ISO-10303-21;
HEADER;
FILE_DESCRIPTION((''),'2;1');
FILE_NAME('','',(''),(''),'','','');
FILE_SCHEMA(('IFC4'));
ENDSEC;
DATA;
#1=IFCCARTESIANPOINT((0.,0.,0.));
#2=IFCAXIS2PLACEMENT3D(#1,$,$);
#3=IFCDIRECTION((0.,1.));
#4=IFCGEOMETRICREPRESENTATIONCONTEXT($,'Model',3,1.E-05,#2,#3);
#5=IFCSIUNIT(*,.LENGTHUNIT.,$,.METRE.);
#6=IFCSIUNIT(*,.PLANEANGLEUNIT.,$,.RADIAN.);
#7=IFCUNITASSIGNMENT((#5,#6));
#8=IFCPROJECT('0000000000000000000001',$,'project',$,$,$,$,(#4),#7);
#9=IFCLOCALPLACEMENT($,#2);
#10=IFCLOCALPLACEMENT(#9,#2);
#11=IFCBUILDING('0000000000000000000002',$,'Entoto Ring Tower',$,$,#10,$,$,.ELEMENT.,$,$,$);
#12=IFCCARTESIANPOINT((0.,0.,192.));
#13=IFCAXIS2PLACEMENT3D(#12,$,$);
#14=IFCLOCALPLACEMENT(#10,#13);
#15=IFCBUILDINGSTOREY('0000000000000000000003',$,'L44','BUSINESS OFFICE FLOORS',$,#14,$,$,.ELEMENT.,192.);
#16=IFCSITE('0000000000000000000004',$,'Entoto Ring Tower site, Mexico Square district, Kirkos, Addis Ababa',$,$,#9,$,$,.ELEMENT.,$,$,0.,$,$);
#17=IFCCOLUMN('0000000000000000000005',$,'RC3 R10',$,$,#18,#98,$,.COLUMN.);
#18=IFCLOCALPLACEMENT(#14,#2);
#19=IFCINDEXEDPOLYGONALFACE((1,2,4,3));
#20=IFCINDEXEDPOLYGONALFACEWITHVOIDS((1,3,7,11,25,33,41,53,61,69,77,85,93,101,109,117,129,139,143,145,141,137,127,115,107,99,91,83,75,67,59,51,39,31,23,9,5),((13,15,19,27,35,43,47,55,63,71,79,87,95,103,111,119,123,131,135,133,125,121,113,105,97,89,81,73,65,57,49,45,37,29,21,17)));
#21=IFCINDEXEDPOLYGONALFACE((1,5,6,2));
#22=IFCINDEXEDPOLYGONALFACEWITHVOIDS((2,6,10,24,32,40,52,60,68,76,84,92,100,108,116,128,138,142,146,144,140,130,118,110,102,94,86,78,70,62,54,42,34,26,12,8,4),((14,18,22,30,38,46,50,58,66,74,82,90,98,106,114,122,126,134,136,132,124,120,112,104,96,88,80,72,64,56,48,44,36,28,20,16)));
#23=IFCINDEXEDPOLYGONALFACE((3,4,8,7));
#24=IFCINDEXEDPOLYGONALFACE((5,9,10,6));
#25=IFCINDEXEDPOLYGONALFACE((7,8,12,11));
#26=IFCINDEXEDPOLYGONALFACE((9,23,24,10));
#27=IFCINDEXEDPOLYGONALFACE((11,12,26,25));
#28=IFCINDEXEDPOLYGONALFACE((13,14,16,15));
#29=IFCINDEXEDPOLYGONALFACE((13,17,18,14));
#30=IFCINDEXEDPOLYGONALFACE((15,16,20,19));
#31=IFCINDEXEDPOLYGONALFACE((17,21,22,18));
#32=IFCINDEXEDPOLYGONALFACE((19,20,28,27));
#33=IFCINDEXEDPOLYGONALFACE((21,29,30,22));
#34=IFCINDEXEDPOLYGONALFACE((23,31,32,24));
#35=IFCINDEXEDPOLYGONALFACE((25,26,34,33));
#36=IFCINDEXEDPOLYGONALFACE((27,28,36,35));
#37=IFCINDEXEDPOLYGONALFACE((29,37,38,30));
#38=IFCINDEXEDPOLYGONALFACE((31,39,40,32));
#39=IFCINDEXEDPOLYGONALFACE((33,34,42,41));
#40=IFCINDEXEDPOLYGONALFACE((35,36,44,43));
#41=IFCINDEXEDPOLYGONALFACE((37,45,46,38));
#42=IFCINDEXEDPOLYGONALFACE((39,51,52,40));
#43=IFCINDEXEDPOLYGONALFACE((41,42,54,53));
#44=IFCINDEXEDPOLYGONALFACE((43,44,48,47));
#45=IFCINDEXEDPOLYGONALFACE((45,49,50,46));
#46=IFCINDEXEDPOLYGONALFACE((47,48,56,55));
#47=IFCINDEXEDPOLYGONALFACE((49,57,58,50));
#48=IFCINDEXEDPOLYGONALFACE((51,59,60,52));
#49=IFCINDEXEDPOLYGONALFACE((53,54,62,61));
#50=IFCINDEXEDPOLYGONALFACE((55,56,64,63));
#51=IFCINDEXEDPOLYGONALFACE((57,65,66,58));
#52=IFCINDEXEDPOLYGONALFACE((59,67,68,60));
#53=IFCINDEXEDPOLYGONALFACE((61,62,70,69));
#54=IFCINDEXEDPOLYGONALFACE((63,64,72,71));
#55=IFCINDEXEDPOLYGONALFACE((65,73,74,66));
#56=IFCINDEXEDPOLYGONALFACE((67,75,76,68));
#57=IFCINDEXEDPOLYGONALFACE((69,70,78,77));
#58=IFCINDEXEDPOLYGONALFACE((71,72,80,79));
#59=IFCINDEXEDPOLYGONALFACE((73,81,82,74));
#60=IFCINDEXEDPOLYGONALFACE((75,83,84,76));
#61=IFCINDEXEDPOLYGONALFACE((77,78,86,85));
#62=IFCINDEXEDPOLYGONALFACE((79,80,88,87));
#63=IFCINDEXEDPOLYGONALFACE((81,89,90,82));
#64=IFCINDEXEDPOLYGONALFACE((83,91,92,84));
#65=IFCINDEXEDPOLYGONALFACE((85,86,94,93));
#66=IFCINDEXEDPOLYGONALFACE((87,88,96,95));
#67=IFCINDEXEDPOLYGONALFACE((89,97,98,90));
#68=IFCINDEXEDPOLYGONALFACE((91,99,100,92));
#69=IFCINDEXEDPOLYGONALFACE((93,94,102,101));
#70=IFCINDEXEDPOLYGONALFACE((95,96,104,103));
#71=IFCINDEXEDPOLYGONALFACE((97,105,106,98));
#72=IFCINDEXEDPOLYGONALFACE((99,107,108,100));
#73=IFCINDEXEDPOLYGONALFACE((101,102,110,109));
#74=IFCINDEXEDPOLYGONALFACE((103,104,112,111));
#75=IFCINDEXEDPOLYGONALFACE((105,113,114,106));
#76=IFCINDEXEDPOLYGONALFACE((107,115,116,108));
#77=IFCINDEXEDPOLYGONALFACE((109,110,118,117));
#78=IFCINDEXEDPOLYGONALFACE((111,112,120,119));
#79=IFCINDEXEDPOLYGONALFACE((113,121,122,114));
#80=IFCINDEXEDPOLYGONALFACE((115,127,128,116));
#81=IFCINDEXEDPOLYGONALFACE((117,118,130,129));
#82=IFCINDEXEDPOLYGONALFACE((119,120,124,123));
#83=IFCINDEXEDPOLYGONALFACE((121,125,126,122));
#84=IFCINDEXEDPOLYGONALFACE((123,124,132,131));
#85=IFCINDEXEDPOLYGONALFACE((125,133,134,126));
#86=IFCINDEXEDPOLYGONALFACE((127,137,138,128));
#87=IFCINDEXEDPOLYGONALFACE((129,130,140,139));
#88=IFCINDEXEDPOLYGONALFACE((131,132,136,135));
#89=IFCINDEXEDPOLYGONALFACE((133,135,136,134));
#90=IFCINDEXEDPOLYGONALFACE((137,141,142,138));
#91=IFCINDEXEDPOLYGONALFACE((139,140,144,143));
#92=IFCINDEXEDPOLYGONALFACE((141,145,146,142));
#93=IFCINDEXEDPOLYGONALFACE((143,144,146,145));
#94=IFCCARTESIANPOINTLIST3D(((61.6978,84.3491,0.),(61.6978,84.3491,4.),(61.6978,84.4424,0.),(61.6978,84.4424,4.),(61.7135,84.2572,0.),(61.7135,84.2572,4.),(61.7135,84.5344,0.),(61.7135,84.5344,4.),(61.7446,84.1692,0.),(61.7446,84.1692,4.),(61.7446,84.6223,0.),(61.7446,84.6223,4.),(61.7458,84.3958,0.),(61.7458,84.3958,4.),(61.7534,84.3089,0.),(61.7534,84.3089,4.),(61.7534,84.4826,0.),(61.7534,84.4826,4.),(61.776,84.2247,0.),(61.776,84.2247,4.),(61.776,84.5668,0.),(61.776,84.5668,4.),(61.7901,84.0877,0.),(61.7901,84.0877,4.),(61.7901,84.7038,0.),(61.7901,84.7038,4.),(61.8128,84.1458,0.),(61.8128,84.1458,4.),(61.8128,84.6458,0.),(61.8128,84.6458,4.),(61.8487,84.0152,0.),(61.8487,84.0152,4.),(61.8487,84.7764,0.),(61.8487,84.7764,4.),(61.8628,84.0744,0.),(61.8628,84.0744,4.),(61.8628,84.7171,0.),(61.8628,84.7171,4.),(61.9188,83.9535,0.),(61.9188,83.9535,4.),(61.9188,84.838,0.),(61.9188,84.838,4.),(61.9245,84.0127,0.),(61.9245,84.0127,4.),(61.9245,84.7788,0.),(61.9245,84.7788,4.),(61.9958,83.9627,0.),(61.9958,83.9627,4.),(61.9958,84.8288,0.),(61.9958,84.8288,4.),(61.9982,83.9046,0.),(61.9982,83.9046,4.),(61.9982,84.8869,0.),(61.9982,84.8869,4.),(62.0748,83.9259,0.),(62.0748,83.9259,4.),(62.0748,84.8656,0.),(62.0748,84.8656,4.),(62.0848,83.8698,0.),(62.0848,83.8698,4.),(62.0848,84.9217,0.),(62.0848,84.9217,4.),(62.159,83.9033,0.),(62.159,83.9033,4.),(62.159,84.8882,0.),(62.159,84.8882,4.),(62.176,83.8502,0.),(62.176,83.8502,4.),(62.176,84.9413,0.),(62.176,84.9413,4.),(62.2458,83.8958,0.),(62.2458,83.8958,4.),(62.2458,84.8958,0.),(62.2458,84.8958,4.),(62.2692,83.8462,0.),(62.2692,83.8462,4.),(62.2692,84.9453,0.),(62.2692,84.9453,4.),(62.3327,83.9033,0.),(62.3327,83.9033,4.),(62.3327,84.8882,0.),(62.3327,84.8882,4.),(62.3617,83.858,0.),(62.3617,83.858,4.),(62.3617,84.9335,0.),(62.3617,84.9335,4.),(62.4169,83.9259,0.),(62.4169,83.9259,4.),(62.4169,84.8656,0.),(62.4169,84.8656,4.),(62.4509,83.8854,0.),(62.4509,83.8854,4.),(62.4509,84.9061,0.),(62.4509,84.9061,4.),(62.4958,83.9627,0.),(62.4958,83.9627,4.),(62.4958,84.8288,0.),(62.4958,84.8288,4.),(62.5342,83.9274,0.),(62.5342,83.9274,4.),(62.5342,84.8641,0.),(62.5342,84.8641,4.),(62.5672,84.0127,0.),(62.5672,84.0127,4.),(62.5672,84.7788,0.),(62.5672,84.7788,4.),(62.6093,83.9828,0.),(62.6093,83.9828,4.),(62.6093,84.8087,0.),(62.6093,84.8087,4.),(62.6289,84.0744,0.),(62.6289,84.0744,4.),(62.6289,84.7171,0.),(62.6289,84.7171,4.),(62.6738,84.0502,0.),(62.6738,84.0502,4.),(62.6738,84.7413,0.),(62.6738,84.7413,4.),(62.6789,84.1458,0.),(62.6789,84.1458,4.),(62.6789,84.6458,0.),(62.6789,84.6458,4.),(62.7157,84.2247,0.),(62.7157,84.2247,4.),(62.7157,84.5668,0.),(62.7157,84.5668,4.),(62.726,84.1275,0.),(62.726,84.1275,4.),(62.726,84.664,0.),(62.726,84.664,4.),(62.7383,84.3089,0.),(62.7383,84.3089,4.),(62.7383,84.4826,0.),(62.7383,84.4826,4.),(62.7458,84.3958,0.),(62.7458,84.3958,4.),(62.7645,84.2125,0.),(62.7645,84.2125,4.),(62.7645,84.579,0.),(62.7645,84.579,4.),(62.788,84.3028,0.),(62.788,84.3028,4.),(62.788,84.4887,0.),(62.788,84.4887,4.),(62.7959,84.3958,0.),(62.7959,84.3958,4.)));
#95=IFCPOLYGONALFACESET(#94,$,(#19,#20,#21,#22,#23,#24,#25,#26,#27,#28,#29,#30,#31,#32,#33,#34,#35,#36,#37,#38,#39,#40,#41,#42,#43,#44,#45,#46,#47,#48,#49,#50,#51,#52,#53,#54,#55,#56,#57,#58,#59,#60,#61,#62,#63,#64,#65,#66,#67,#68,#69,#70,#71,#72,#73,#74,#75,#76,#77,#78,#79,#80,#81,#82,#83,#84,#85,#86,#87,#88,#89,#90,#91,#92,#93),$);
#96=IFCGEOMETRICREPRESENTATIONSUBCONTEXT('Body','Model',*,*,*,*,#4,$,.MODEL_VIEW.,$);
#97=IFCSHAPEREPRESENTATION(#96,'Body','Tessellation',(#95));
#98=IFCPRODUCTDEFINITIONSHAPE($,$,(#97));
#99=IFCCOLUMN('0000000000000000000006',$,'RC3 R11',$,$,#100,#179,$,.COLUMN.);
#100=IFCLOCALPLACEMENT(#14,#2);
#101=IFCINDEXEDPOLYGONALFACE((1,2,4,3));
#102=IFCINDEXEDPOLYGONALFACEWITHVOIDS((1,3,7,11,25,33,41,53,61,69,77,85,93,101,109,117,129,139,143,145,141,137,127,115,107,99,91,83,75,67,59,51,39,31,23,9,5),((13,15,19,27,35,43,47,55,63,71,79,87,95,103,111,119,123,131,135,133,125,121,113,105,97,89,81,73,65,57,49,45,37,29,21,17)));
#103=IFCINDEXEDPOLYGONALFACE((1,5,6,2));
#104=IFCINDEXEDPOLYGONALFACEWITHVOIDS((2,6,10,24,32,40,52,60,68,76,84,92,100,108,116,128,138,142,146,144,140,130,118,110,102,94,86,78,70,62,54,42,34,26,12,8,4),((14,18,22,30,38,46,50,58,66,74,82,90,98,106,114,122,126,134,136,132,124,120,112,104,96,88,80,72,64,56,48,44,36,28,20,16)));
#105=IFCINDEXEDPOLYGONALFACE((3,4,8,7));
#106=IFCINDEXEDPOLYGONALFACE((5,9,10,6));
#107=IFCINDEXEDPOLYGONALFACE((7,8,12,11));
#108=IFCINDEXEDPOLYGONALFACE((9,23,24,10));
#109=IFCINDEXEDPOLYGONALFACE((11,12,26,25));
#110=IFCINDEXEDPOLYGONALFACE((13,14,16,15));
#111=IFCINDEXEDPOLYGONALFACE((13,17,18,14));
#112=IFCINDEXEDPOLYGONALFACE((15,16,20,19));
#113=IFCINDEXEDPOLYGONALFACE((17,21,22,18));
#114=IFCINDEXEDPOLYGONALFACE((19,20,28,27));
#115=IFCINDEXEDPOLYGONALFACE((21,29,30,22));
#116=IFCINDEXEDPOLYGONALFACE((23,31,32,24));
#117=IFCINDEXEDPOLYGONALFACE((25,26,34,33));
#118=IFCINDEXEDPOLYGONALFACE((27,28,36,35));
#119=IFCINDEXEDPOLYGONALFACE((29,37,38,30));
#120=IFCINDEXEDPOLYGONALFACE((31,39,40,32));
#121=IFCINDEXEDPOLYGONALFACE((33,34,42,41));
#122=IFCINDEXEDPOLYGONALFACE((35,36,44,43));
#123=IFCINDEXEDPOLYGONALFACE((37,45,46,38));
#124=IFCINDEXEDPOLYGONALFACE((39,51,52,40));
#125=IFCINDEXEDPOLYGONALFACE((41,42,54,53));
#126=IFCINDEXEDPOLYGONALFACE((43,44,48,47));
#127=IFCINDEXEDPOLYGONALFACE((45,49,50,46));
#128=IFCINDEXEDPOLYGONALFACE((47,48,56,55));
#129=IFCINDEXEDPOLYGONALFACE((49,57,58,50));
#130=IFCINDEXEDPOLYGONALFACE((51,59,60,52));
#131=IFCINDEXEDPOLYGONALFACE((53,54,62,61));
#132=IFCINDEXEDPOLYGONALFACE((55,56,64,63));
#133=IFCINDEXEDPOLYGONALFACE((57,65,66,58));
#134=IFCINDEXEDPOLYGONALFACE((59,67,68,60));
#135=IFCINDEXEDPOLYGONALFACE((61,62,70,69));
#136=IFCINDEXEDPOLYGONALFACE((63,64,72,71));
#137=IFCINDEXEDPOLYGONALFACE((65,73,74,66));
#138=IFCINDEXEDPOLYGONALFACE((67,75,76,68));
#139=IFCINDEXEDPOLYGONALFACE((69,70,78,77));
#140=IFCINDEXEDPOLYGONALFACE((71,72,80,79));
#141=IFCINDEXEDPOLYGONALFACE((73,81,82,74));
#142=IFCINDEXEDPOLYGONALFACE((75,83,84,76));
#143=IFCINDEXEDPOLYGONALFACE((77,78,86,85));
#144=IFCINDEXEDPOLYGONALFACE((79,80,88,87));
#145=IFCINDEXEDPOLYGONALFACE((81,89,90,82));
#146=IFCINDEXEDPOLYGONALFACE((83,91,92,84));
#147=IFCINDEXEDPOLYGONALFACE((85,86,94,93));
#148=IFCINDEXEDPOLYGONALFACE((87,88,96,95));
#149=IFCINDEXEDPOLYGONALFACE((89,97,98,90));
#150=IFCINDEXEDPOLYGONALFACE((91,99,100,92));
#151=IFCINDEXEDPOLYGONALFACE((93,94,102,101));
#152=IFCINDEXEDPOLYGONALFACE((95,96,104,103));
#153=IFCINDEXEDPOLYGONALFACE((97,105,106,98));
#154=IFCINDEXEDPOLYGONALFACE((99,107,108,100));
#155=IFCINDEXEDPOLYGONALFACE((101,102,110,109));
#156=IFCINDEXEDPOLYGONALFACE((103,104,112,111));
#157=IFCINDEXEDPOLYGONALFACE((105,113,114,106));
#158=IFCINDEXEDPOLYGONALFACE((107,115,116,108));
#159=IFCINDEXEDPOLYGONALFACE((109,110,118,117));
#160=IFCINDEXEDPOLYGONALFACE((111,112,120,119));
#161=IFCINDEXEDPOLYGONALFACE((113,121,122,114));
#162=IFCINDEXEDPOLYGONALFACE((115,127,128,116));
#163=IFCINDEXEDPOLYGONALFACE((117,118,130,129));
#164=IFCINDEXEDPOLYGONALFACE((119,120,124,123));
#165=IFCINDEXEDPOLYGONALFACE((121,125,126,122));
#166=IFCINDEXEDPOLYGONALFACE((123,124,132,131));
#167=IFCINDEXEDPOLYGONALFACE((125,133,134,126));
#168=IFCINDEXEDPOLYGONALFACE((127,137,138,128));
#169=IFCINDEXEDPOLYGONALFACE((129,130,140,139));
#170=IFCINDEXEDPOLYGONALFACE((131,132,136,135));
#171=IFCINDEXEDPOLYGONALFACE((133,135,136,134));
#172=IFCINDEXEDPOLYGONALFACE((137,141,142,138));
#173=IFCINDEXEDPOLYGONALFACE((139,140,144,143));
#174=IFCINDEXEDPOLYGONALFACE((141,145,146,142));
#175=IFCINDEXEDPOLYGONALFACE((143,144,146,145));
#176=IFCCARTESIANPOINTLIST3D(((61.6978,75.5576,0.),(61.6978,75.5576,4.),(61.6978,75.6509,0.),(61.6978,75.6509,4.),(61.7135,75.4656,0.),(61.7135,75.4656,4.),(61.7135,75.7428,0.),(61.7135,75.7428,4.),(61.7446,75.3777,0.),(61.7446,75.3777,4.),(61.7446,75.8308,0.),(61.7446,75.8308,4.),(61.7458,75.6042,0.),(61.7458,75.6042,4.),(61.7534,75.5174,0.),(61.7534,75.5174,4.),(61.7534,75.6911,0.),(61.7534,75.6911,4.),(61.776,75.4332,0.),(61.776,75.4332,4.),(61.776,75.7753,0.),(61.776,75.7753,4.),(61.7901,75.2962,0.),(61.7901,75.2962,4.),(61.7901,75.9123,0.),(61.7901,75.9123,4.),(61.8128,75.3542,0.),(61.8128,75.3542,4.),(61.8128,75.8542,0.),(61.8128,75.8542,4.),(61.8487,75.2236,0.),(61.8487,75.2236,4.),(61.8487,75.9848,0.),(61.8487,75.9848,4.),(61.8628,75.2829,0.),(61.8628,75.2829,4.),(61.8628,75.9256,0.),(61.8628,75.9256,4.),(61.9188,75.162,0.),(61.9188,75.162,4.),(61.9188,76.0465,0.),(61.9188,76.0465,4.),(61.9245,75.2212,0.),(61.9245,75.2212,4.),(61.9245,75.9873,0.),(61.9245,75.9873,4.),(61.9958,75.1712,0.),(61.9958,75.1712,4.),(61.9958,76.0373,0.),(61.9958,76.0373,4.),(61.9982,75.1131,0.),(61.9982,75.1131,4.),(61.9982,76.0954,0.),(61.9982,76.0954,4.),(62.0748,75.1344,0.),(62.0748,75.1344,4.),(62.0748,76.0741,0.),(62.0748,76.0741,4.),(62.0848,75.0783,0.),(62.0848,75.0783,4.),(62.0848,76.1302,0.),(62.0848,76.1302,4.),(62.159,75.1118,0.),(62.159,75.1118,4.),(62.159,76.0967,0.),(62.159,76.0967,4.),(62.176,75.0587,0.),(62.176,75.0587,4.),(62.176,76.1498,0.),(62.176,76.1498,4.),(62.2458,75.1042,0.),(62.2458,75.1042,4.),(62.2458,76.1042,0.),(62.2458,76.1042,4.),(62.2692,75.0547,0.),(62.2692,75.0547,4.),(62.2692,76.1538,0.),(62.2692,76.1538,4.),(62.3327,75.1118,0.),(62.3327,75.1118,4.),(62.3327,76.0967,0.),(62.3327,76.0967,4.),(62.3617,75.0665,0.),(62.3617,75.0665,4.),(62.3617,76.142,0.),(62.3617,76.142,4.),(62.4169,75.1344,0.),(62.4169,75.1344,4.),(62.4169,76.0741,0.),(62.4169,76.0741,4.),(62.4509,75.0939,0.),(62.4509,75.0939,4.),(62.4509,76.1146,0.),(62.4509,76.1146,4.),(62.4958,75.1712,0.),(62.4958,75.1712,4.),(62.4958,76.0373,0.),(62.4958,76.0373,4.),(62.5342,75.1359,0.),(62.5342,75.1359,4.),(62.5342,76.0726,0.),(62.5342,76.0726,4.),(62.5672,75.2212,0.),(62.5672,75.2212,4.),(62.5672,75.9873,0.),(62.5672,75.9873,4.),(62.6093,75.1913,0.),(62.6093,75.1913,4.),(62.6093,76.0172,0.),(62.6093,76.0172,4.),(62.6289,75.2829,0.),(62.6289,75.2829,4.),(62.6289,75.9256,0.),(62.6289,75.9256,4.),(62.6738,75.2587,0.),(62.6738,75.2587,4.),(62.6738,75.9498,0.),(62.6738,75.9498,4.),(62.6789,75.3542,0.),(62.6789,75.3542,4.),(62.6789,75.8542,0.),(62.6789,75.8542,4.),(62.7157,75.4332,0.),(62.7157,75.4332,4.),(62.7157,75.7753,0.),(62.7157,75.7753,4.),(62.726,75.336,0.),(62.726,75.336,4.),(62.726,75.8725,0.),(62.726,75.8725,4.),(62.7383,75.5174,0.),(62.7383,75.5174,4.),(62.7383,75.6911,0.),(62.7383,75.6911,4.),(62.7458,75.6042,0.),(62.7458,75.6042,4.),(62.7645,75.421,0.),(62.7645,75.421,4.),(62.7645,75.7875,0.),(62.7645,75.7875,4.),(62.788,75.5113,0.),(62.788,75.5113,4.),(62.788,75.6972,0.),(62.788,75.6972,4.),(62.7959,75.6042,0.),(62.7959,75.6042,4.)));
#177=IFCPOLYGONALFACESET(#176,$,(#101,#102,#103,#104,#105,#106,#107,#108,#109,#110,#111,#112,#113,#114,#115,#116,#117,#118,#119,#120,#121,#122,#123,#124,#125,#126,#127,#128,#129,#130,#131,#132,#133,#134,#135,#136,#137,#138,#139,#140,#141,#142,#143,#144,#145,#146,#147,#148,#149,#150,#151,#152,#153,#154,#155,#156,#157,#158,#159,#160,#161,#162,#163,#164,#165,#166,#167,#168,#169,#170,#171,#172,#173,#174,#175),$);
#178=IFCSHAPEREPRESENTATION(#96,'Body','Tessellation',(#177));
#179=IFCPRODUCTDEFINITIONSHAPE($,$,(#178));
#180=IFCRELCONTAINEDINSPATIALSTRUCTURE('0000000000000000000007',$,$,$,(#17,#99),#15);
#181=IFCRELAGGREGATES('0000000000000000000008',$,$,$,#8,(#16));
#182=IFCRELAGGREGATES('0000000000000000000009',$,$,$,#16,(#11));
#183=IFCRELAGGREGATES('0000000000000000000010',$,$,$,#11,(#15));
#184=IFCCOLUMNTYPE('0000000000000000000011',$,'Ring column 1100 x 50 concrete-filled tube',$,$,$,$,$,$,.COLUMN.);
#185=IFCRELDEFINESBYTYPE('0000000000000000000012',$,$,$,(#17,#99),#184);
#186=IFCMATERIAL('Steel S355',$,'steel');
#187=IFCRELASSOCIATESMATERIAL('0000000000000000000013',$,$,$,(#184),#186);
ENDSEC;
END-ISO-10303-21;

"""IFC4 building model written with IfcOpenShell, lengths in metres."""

from ifc_helpers import new_model, si_unit, direction, frame, origin, origin_2d, place, context, subcontext, project, spatial, circle, hollow_circle, extrude, material, material_profile, profile_set, type_object, element, save


model = new_model("IFC4")

# Units and contexts
model_context = context("Model", 3, precision=1e-05, world=origin(), true_north=direction((0.0, 1.0)))
body_context = subcontext(model_context, "Body", "Model", "MODEL_VIEW")
ifc_project = project(units=[si_unit("LENGTHUNIT", "METRE"), si_unit("PLANEANGLEUNIT", "RADIAN")], contexts=[model_context])

# Site, building, storey
site_placement = place(None, origin())
site = spatial("IfcSite", under=ifc_project, at=site_placement, Name="Entoto Ring Tower site, Mexico Square district, Kirkos, Addis Ababa", CompositionType="ELEMENT", RefElevation=0.0)
building_placement = place(site_placement, origin())
building = spatial("IfcBuilding", under=site, at=building_placement, Name="Entoto Ring Tower", CompositionType="ELEMENT")
storey_placement = place(building_placement, frame((0.0, 0.0, 192.0)))
storey = spatial("IfcBuildingStorey", under=building, at=storey_placement, Name="L44", Description="BUSINESS OFFICE FLOORS", CompositionType="ELEMENT", Elevation=192.0)

# Columns
ifc_material_1 = material(Name="Steel S355", Category="steel")
ifc_material_profile_1 = material_profile(ifc_material_1, hollow_circle(Radius=0.55, WallThickness=0.05, at=origin_2d()), Name="CHS 1100 x 50")
ifc_material_2 = material(Name="Concrete C60/75", Category="concrete")
ifc_material_profile_2 = material_profile(ifc_material_2, circle(Radius=0.5, at=origin_2d()), Name="Concrete C60/75 infill")
ifc_profile_set_1 = profile_set([ifc_material_profile_1, ifc_material_profile_2], Name="Steel S355")
column_type = type_object("IfcColumnType", Name="Ring column 1100 x 50 concrete-filled tube", PredefinedType="COLUMN", material=ifc_profile_set_1)
for number, where, z_axis, x_axis, name in (
    (1, (62.2458, 84.3958, 0.0), (0.0, 0.0, 1.0), (1.0, 0.0, 0.0), "RC3 R10"),
    (2, (62.2458, 75.6042, 0.0), (0.0, 0.0, 1.0), (1.0, 0.0, 0.0), "RC3 R11"),
):
    element("IfcColumn", number, at=place(storey_placement, frame(where, z_axis=z_axis, x_axis=x_axis)), inside=storey, type_object=column_type, Name=name, PredefinedType="COLUMN", context=body_context, shape_type="SweptSolid", body=[
        extrude(hollow_circle(Radius=0.55, WallThickness=0.05, at=origin_2d()), origin(), (0.0, 0.0, 1.0), 4.0),
    ])

save(model, "model.ifc")
